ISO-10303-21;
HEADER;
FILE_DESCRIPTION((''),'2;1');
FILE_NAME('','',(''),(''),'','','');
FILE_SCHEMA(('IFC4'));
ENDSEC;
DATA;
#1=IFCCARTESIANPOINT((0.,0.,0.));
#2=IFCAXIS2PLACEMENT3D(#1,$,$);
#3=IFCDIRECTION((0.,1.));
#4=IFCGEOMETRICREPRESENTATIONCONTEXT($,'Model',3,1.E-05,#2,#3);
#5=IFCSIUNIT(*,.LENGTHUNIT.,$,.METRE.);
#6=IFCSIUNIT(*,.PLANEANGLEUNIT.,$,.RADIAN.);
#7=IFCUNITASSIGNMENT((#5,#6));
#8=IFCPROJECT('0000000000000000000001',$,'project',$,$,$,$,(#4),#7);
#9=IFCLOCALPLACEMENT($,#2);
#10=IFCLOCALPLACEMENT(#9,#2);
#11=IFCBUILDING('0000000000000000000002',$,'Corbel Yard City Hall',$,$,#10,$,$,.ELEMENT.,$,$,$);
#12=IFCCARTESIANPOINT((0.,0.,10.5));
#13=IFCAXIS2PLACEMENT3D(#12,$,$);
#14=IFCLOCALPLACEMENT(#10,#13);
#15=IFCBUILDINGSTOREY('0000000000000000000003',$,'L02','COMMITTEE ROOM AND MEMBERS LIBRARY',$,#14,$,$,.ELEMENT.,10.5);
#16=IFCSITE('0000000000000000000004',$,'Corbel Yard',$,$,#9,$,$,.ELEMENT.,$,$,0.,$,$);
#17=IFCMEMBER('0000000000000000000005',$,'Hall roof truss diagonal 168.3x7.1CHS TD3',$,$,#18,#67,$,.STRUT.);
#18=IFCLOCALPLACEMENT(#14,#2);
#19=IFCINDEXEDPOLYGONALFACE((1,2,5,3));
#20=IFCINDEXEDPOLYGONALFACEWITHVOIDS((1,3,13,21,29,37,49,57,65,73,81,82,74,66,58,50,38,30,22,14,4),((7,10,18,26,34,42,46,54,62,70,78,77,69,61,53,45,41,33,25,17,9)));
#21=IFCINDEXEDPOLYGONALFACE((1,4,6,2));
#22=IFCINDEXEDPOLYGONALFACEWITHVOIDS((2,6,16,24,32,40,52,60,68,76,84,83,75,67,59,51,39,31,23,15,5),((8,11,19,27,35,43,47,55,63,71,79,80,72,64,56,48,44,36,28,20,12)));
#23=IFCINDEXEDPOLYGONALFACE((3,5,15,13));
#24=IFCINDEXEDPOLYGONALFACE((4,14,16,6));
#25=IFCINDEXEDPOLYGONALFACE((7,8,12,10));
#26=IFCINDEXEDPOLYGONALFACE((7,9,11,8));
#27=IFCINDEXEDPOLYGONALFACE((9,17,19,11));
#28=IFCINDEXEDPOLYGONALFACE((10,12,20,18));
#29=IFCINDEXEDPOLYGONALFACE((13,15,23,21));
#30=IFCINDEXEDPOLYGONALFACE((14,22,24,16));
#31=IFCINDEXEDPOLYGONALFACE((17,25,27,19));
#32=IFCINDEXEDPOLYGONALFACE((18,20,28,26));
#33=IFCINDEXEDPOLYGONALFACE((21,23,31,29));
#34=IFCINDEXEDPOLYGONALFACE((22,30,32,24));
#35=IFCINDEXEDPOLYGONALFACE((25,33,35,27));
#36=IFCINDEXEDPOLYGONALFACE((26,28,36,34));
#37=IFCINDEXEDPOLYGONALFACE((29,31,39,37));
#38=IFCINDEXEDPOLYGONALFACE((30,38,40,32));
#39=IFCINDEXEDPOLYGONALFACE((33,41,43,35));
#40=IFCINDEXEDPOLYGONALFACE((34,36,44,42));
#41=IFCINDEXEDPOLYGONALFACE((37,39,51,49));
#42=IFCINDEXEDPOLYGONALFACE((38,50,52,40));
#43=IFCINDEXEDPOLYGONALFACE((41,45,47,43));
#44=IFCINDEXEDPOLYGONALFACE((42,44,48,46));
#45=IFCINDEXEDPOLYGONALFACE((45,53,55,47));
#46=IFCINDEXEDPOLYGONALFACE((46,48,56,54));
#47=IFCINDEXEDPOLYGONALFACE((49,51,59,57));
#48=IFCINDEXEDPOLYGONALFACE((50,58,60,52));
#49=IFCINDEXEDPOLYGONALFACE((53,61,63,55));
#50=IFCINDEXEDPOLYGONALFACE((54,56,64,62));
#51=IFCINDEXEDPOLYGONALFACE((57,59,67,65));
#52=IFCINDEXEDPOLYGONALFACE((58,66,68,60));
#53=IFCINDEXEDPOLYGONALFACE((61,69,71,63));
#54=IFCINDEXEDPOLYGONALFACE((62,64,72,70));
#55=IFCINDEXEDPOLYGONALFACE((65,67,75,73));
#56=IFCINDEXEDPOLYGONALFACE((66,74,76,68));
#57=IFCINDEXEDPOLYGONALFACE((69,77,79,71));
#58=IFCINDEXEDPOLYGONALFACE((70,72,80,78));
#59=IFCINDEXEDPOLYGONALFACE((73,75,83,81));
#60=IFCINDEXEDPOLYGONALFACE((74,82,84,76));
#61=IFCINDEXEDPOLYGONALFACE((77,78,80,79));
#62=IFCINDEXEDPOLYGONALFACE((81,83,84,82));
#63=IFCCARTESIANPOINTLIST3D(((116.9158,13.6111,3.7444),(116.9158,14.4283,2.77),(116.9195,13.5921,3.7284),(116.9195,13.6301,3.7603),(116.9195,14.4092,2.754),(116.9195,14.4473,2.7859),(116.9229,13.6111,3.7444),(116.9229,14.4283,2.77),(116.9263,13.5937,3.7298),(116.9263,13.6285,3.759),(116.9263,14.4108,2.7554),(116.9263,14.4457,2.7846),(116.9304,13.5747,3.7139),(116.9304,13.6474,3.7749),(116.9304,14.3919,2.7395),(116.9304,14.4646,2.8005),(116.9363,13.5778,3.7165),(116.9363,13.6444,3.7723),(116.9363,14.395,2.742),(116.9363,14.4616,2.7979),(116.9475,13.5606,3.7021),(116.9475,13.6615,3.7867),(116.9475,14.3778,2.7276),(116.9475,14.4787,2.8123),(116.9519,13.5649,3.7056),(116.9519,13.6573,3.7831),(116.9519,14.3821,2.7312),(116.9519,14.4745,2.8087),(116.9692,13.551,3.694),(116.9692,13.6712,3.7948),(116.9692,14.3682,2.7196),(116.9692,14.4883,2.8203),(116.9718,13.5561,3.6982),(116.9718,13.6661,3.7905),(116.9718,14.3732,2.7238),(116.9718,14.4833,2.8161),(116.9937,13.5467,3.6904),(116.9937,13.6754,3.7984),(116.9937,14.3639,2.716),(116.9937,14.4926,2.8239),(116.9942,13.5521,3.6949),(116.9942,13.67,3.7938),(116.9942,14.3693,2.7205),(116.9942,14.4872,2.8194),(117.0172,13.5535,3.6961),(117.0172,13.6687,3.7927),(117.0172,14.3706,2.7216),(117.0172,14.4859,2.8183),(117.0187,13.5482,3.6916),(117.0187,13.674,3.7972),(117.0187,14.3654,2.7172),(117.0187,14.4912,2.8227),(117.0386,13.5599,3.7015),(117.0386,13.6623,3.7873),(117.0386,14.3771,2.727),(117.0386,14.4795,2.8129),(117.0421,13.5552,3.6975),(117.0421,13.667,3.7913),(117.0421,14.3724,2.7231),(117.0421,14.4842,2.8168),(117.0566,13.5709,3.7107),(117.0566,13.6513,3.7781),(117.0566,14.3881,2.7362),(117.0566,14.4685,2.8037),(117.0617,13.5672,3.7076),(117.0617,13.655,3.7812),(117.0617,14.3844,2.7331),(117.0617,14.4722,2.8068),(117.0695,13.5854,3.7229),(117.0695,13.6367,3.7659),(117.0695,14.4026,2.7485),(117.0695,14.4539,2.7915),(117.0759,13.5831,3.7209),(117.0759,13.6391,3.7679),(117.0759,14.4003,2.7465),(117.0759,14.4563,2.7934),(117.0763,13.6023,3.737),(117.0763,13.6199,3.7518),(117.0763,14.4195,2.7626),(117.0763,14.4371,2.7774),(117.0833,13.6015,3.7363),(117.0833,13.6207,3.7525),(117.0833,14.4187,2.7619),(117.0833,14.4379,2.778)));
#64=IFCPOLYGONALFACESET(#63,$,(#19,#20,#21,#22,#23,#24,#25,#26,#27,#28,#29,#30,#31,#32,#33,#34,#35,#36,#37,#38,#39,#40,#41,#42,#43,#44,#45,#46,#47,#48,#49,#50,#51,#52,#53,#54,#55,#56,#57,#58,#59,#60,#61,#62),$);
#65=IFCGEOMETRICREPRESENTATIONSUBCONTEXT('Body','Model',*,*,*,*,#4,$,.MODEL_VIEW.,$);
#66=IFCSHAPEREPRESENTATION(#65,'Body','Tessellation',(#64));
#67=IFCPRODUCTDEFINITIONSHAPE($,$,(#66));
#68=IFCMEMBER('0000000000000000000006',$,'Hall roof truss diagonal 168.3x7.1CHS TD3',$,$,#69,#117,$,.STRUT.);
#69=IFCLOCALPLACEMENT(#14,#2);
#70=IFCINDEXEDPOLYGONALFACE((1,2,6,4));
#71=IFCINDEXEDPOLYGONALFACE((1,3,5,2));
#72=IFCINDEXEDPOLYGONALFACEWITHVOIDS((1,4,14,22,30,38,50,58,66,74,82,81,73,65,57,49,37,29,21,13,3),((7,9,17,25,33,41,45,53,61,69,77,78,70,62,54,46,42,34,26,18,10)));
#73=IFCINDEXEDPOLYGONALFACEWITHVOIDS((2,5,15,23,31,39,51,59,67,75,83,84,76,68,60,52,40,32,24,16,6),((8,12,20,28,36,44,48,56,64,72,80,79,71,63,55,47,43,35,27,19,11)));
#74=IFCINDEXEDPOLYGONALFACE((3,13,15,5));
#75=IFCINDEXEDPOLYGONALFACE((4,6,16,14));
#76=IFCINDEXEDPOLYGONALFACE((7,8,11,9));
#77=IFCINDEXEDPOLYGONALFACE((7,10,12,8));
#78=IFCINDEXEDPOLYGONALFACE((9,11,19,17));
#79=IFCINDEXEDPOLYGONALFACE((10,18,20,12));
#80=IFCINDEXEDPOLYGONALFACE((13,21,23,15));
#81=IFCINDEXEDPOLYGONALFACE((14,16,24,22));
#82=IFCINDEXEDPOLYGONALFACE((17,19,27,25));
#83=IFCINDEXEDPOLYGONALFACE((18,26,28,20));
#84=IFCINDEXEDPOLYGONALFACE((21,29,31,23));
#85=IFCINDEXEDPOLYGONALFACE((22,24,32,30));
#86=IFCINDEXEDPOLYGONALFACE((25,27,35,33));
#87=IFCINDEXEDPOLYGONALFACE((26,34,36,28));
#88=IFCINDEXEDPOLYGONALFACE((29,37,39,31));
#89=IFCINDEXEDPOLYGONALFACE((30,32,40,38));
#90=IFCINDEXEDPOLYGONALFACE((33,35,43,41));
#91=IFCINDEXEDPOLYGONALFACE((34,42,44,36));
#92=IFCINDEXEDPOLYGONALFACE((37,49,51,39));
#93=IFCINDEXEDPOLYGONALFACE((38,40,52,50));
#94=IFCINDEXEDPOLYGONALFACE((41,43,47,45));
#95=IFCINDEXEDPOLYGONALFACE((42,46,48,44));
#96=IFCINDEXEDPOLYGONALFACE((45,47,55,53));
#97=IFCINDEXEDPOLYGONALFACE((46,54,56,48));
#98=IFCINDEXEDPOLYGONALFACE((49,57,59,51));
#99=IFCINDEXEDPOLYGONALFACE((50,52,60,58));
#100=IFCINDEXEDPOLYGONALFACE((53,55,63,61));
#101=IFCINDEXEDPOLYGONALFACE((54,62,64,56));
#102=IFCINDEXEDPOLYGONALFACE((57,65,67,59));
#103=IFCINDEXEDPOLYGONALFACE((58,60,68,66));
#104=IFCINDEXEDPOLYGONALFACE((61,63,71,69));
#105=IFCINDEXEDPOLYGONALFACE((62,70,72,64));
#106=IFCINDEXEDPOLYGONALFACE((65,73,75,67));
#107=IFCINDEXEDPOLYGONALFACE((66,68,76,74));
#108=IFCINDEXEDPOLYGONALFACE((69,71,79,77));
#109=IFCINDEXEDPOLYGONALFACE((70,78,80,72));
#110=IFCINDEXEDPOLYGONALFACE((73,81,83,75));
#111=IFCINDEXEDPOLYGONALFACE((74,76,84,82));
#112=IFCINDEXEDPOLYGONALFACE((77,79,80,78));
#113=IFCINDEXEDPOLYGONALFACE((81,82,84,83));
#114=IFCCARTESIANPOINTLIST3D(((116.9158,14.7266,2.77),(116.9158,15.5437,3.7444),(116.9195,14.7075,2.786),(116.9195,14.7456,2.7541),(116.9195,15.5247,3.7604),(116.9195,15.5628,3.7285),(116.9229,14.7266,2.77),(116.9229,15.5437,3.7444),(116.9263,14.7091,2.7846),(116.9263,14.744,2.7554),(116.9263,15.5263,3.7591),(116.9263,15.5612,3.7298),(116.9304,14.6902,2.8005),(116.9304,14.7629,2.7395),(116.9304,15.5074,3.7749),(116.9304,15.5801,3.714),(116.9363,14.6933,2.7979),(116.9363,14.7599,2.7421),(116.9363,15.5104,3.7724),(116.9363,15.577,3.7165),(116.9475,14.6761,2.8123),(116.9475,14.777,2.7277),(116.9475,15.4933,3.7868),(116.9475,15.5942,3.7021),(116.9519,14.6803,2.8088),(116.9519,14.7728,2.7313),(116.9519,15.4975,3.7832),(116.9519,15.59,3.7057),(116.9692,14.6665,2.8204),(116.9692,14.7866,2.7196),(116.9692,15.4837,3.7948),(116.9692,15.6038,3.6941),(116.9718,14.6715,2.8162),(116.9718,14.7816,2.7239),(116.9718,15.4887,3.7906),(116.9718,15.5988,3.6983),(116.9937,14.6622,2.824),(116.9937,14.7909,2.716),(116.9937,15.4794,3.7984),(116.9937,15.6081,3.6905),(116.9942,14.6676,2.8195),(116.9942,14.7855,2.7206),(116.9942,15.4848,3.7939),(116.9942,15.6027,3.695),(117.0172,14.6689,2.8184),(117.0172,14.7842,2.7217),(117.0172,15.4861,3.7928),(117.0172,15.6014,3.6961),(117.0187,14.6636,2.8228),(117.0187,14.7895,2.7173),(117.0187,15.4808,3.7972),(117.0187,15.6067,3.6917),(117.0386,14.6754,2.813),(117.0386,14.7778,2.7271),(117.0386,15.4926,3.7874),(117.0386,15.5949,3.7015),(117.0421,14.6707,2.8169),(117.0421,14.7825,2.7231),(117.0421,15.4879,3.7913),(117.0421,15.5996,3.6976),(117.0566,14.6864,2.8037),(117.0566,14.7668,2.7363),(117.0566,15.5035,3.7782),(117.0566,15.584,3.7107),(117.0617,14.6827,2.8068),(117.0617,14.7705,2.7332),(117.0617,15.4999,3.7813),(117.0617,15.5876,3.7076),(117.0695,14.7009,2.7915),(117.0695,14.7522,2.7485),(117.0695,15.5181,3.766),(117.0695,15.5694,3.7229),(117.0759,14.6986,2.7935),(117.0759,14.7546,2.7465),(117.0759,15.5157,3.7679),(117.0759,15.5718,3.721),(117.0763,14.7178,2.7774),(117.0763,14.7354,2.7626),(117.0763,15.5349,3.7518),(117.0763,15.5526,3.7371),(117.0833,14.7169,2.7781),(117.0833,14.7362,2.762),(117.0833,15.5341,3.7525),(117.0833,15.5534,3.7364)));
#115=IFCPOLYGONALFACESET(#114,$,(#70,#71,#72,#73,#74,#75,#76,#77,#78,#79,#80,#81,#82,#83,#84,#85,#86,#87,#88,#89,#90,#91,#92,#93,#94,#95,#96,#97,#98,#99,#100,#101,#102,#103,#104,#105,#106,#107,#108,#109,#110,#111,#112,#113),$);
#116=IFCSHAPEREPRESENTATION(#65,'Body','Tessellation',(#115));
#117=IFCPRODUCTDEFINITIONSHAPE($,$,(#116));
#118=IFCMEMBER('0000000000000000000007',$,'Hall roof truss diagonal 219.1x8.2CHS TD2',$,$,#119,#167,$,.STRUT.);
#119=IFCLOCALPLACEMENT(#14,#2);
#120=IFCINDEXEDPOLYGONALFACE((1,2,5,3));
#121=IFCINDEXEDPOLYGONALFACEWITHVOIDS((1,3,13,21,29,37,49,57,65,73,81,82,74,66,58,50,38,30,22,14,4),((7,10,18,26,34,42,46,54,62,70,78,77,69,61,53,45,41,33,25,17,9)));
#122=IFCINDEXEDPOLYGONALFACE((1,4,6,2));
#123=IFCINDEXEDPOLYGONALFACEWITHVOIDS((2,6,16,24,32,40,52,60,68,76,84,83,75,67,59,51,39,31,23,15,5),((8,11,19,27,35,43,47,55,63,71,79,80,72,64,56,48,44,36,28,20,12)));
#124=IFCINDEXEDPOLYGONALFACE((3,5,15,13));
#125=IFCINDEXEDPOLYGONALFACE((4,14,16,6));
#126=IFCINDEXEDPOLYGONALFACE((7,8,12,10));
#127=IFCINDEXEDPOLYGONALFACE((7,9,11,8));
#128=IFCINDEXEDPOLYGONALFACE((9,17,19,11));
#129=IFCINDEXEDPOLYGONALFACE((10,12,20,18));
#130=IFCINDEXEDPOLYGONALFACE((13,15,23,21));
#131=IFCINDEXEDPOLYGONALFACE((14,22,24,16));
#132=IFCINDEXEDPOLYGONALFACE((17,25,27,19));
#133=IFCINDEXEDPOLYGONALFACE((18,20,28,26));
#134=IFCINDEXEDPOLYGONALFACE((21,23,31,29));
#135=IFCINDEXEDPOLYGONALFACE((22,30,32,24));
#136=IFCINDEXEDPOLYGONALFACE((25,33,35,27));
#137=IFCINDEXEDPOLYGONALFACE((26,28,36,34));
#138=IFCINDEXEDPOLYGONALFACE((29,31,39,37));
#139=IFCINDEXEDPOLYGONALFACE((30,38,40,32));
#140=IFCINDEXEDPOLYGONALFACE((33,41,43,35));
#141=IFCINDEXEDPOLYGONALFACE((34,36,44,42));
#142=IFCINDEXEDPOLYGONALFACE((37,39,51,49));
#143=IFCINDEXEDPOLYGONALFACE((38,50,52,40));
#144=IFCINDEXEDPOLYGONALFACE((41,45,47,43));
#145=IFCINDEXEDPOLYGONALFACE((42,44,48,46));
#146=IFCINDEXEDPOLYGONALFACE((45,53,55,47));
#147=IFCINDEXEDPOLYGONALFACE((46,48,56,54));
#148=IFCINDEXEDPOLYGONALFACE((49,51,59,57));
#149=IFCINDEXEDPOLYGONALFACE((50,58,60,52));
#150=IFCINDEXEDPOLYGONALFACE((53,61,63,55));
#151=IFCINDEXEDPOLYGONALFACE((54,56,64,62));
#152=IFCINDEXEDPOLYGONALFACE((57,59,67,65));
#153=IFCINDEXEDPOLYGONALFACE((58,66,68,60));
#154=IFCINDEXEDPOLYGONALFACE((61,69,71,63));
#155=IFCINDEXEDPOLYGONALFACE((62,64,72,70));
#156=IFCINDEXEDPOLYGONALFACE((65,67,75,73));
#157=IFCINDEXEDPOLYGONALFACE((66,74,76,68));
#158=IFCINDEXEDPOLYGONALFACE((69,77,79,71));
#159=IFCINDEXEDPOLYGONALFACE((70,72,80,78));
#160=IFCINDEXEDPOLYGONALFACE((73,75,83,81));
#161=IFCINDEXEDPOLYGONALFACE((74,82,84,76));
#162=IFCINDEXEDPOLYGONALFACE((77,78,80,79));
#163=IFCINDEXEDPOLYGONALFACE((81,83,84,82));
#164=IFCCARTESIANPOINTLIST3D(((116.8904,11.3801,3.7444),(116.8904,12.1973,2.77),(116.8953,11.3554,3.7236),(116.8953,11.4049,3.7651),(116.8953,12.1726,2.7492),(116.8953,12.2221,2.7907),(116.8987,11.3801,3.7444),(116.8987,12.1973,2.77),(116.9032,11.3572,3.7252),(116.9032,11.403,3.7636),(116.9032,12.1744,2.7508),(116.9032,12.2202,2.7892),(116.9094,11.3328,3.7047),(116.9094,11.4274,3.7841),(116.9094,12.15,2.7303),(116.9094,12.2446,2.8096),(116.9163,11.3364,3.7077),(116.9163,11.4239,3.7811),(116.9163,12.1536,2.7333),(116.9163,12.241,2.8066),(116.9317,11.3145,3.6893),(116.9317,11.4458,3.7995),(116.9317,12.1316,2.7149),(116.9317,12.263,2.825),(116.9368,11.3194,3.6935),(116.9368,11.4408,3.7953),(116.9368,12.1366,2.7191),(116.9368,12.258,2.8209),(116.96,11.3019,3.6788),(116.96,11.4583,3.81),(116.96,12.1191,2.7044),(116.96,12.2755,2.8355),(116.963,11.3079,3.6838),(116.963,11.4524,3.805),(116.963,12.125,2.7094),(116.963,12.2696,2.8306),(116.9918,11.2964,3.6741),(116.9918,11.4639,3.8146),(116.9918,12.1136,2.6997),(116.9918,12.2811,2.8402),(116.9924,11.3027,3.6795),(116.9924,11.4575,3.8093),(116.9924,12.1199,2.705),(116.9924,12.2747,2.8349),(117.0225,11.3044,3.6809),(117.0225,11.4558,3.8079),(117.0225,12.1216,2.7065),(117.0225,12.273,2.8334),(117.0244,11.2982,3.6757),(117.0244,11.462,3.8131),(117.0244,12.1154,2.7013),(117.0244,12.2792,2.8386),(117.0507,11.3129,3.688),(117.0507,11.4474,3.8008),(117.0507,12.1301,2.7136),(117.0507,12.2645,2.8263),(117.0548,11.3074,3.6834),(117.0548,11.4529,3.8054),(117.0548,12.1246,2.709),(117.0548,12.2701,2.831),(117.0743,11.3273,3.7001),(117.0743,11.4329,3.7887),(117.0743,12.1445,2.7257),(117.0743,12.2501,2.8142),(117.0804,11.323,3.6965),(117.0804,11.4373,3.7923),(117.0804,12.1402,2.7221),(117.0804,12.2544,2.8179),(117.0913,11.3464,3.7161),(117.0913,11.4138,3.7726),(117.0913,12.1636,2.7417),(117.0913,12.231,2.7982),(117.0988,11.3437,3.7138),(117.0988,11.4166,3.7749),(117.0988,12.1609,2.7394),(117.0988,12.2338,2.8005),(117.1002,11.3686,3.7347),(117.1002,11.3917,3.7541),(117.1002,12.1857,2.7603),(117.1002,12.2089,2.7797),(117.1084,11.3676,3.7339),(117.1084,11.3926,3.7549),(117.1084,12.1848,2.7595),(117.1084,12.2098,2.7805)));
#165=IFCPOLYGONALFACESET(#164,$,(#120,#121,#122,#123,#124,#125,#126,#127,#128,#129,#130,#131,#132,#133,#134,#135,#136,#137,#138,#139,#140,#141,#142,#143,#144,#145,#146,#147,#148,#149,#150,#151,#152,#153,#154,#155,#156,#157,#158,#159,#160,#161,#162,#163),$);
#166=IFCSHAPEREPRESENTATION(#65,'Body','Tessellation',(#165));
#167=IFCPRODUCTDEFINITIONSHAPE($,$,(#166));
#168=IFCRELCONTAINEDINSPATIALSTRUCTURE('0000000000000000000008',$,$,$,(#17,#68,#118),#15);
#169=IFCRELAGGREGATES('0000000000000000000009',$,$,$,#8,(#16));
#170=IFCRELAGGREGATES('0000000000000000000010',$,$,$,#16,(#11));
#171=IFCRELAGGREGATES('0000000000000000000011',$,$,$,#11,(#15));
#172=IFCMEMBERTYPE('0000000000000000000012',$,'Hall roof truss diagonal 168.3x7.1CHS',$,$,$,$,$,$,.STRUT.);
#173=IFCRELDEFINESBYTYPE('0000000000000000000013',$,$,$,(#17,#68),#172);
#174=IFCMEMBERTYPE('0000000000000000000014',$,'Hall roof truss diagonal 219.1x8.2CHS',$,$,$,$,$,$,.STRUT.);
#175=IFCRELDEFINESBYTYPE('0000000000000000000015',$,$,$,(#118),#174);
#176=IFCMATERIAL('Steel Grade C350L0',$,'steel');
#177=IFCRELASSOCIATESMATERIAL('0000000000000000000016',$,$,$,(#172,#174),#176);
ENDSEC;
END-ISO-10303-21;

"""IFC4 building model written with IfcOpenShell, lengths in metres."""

from ifc_helpers import new_model, si_unit, direction, frame, origin, origin_2d, place, context, subcontext, project, spatial, hollow_circle, extrude, material, material_profile, profile_set, type_object, element, save


model = new_model("IFC4")

# Units and contexts
model_context = context("Model", 3, precision=1e-05, world=origin(), true_north=direction((0.0, 1.0)))
body_context = subcontext(model_context, "Body", "Model", "MODEL_VIEW")
ifc_project = project(units=[si_unit("LENGTHUNIT", "METRE"), si_unit("PLANEANGLEUNIT", "RADIAN")], contexts=[model_context])

# Site, building, storey
site_placement = place(None, origin())
site = spatial("IfcSite", under=ifc_project, at=site_placement, Name="Corbel Yard", CompositionType="ELEMENT", RefElevation=0.0)
building_placement = place(site_placement, origin())
building = spatial("IfcBuilding", under=site, at=building_placement, Name="Corbel Yard City Hall", CompositionType="ELEMENT")
storey_placement = place(building_placement, frame((0.0, 0.0, 10.5)))
storey = spatial("IfcBuildingStorey", under=building, at=storey_placement, Name="L02", Description="COMMITTEE ROOM AND MEMBERS LIBRARY", CompositionType="ELEMENT", Elevation=10.5)

# Members
ifc_material_1 = material(Name="Steel Grade C350L0", Category="steel")
ifc_material_profile_1 = material_profile(ifc_material_1, hollow_circle(Radius=0.0842, WallThickness=0.0071, at=origin_2d()), Name="168.3x7.1CHS")
ifc_profile_set_1 = profile_set([ifc_material_profile_1], Name="Steel Grade C350L0")
member_type_1 = type_object("IfcMemberType", Name="Hall roof truss diagonal 168.3x7.1CHS", PredefinedType="STRUT", material=ifc_profile_set_1)
for number, where, z_axis, x_axis, name in (
    (1, (117.0, 13.6111, 3.7444), (0.0, 0.64258, -0.766219), (-1.0, 0.0, 0.0), "Hall roof truss diagonal 168.3x7.1CHS TD3"),
    (2, (117.0, 14.7266, 2.77), (0.0, 0.64258, 0.766219), (-1.0, 0.0, 0.0), "Hall roof truss diagonal 168.3x7.1CHS TD3"),
):
    element("IfcMember", number, at=place(storey_placement, frame(where, z_axis=z_axis, x_axis=x_axis)), inside=storey, type_object=member_type_1, Name=name, PredefinedType="STRUT", context=body_context, shape_type="SweptSolid", body=[
        extrude(hollow_circle(Radius=0.0842, WallThickness=0.0071, at=origin_2d()), origin(), (0.0, 0.0, 1.0), 1.2717),
    ])
ifc_material_profile_2 = material_profile(ifc_material_1, hollow_circle(Radius=0.1096, WallThickness=0.0083, at=origin_2d()), Name="219.1x8.2CHS")
ifc_profile_set_2 = profile_set([ifc_material_profile_2], Name="Steel Grade C350L0")
member_type_2 = type_object("IfcMemberType", Name="Hall roof truss diagonal 219.1x8.2CHS", PredefinedType="STRUT", material=ifc_profile_set_2)
for number, where, z_axis, x_axis, name in (
    (3, (117.0, 11.3801, 3.7444), (0.0, 0.64258, -0.766219), (-1.0, 0.0, 0.0), "Hall roof truss diagonal 219.1x8.2CHS TD2"),
):
    element("IfcMember", number, at=place(storey_placement, frame(where, z_axis=z_axis, x_axis=x_axis)), inside=storey, type_object=member_type_2, Name=name, PredefinedType="STRUT", context=body_context, shape_type="SweptSolid", body=[
        extrude(hollow_circle(Radius=0.1096, WallThickness=0.0083, at=origin_2d()), origin(), (0.0, 0.0, 1.0), 1.2717),
    ])

save(model, "model.ifc")
